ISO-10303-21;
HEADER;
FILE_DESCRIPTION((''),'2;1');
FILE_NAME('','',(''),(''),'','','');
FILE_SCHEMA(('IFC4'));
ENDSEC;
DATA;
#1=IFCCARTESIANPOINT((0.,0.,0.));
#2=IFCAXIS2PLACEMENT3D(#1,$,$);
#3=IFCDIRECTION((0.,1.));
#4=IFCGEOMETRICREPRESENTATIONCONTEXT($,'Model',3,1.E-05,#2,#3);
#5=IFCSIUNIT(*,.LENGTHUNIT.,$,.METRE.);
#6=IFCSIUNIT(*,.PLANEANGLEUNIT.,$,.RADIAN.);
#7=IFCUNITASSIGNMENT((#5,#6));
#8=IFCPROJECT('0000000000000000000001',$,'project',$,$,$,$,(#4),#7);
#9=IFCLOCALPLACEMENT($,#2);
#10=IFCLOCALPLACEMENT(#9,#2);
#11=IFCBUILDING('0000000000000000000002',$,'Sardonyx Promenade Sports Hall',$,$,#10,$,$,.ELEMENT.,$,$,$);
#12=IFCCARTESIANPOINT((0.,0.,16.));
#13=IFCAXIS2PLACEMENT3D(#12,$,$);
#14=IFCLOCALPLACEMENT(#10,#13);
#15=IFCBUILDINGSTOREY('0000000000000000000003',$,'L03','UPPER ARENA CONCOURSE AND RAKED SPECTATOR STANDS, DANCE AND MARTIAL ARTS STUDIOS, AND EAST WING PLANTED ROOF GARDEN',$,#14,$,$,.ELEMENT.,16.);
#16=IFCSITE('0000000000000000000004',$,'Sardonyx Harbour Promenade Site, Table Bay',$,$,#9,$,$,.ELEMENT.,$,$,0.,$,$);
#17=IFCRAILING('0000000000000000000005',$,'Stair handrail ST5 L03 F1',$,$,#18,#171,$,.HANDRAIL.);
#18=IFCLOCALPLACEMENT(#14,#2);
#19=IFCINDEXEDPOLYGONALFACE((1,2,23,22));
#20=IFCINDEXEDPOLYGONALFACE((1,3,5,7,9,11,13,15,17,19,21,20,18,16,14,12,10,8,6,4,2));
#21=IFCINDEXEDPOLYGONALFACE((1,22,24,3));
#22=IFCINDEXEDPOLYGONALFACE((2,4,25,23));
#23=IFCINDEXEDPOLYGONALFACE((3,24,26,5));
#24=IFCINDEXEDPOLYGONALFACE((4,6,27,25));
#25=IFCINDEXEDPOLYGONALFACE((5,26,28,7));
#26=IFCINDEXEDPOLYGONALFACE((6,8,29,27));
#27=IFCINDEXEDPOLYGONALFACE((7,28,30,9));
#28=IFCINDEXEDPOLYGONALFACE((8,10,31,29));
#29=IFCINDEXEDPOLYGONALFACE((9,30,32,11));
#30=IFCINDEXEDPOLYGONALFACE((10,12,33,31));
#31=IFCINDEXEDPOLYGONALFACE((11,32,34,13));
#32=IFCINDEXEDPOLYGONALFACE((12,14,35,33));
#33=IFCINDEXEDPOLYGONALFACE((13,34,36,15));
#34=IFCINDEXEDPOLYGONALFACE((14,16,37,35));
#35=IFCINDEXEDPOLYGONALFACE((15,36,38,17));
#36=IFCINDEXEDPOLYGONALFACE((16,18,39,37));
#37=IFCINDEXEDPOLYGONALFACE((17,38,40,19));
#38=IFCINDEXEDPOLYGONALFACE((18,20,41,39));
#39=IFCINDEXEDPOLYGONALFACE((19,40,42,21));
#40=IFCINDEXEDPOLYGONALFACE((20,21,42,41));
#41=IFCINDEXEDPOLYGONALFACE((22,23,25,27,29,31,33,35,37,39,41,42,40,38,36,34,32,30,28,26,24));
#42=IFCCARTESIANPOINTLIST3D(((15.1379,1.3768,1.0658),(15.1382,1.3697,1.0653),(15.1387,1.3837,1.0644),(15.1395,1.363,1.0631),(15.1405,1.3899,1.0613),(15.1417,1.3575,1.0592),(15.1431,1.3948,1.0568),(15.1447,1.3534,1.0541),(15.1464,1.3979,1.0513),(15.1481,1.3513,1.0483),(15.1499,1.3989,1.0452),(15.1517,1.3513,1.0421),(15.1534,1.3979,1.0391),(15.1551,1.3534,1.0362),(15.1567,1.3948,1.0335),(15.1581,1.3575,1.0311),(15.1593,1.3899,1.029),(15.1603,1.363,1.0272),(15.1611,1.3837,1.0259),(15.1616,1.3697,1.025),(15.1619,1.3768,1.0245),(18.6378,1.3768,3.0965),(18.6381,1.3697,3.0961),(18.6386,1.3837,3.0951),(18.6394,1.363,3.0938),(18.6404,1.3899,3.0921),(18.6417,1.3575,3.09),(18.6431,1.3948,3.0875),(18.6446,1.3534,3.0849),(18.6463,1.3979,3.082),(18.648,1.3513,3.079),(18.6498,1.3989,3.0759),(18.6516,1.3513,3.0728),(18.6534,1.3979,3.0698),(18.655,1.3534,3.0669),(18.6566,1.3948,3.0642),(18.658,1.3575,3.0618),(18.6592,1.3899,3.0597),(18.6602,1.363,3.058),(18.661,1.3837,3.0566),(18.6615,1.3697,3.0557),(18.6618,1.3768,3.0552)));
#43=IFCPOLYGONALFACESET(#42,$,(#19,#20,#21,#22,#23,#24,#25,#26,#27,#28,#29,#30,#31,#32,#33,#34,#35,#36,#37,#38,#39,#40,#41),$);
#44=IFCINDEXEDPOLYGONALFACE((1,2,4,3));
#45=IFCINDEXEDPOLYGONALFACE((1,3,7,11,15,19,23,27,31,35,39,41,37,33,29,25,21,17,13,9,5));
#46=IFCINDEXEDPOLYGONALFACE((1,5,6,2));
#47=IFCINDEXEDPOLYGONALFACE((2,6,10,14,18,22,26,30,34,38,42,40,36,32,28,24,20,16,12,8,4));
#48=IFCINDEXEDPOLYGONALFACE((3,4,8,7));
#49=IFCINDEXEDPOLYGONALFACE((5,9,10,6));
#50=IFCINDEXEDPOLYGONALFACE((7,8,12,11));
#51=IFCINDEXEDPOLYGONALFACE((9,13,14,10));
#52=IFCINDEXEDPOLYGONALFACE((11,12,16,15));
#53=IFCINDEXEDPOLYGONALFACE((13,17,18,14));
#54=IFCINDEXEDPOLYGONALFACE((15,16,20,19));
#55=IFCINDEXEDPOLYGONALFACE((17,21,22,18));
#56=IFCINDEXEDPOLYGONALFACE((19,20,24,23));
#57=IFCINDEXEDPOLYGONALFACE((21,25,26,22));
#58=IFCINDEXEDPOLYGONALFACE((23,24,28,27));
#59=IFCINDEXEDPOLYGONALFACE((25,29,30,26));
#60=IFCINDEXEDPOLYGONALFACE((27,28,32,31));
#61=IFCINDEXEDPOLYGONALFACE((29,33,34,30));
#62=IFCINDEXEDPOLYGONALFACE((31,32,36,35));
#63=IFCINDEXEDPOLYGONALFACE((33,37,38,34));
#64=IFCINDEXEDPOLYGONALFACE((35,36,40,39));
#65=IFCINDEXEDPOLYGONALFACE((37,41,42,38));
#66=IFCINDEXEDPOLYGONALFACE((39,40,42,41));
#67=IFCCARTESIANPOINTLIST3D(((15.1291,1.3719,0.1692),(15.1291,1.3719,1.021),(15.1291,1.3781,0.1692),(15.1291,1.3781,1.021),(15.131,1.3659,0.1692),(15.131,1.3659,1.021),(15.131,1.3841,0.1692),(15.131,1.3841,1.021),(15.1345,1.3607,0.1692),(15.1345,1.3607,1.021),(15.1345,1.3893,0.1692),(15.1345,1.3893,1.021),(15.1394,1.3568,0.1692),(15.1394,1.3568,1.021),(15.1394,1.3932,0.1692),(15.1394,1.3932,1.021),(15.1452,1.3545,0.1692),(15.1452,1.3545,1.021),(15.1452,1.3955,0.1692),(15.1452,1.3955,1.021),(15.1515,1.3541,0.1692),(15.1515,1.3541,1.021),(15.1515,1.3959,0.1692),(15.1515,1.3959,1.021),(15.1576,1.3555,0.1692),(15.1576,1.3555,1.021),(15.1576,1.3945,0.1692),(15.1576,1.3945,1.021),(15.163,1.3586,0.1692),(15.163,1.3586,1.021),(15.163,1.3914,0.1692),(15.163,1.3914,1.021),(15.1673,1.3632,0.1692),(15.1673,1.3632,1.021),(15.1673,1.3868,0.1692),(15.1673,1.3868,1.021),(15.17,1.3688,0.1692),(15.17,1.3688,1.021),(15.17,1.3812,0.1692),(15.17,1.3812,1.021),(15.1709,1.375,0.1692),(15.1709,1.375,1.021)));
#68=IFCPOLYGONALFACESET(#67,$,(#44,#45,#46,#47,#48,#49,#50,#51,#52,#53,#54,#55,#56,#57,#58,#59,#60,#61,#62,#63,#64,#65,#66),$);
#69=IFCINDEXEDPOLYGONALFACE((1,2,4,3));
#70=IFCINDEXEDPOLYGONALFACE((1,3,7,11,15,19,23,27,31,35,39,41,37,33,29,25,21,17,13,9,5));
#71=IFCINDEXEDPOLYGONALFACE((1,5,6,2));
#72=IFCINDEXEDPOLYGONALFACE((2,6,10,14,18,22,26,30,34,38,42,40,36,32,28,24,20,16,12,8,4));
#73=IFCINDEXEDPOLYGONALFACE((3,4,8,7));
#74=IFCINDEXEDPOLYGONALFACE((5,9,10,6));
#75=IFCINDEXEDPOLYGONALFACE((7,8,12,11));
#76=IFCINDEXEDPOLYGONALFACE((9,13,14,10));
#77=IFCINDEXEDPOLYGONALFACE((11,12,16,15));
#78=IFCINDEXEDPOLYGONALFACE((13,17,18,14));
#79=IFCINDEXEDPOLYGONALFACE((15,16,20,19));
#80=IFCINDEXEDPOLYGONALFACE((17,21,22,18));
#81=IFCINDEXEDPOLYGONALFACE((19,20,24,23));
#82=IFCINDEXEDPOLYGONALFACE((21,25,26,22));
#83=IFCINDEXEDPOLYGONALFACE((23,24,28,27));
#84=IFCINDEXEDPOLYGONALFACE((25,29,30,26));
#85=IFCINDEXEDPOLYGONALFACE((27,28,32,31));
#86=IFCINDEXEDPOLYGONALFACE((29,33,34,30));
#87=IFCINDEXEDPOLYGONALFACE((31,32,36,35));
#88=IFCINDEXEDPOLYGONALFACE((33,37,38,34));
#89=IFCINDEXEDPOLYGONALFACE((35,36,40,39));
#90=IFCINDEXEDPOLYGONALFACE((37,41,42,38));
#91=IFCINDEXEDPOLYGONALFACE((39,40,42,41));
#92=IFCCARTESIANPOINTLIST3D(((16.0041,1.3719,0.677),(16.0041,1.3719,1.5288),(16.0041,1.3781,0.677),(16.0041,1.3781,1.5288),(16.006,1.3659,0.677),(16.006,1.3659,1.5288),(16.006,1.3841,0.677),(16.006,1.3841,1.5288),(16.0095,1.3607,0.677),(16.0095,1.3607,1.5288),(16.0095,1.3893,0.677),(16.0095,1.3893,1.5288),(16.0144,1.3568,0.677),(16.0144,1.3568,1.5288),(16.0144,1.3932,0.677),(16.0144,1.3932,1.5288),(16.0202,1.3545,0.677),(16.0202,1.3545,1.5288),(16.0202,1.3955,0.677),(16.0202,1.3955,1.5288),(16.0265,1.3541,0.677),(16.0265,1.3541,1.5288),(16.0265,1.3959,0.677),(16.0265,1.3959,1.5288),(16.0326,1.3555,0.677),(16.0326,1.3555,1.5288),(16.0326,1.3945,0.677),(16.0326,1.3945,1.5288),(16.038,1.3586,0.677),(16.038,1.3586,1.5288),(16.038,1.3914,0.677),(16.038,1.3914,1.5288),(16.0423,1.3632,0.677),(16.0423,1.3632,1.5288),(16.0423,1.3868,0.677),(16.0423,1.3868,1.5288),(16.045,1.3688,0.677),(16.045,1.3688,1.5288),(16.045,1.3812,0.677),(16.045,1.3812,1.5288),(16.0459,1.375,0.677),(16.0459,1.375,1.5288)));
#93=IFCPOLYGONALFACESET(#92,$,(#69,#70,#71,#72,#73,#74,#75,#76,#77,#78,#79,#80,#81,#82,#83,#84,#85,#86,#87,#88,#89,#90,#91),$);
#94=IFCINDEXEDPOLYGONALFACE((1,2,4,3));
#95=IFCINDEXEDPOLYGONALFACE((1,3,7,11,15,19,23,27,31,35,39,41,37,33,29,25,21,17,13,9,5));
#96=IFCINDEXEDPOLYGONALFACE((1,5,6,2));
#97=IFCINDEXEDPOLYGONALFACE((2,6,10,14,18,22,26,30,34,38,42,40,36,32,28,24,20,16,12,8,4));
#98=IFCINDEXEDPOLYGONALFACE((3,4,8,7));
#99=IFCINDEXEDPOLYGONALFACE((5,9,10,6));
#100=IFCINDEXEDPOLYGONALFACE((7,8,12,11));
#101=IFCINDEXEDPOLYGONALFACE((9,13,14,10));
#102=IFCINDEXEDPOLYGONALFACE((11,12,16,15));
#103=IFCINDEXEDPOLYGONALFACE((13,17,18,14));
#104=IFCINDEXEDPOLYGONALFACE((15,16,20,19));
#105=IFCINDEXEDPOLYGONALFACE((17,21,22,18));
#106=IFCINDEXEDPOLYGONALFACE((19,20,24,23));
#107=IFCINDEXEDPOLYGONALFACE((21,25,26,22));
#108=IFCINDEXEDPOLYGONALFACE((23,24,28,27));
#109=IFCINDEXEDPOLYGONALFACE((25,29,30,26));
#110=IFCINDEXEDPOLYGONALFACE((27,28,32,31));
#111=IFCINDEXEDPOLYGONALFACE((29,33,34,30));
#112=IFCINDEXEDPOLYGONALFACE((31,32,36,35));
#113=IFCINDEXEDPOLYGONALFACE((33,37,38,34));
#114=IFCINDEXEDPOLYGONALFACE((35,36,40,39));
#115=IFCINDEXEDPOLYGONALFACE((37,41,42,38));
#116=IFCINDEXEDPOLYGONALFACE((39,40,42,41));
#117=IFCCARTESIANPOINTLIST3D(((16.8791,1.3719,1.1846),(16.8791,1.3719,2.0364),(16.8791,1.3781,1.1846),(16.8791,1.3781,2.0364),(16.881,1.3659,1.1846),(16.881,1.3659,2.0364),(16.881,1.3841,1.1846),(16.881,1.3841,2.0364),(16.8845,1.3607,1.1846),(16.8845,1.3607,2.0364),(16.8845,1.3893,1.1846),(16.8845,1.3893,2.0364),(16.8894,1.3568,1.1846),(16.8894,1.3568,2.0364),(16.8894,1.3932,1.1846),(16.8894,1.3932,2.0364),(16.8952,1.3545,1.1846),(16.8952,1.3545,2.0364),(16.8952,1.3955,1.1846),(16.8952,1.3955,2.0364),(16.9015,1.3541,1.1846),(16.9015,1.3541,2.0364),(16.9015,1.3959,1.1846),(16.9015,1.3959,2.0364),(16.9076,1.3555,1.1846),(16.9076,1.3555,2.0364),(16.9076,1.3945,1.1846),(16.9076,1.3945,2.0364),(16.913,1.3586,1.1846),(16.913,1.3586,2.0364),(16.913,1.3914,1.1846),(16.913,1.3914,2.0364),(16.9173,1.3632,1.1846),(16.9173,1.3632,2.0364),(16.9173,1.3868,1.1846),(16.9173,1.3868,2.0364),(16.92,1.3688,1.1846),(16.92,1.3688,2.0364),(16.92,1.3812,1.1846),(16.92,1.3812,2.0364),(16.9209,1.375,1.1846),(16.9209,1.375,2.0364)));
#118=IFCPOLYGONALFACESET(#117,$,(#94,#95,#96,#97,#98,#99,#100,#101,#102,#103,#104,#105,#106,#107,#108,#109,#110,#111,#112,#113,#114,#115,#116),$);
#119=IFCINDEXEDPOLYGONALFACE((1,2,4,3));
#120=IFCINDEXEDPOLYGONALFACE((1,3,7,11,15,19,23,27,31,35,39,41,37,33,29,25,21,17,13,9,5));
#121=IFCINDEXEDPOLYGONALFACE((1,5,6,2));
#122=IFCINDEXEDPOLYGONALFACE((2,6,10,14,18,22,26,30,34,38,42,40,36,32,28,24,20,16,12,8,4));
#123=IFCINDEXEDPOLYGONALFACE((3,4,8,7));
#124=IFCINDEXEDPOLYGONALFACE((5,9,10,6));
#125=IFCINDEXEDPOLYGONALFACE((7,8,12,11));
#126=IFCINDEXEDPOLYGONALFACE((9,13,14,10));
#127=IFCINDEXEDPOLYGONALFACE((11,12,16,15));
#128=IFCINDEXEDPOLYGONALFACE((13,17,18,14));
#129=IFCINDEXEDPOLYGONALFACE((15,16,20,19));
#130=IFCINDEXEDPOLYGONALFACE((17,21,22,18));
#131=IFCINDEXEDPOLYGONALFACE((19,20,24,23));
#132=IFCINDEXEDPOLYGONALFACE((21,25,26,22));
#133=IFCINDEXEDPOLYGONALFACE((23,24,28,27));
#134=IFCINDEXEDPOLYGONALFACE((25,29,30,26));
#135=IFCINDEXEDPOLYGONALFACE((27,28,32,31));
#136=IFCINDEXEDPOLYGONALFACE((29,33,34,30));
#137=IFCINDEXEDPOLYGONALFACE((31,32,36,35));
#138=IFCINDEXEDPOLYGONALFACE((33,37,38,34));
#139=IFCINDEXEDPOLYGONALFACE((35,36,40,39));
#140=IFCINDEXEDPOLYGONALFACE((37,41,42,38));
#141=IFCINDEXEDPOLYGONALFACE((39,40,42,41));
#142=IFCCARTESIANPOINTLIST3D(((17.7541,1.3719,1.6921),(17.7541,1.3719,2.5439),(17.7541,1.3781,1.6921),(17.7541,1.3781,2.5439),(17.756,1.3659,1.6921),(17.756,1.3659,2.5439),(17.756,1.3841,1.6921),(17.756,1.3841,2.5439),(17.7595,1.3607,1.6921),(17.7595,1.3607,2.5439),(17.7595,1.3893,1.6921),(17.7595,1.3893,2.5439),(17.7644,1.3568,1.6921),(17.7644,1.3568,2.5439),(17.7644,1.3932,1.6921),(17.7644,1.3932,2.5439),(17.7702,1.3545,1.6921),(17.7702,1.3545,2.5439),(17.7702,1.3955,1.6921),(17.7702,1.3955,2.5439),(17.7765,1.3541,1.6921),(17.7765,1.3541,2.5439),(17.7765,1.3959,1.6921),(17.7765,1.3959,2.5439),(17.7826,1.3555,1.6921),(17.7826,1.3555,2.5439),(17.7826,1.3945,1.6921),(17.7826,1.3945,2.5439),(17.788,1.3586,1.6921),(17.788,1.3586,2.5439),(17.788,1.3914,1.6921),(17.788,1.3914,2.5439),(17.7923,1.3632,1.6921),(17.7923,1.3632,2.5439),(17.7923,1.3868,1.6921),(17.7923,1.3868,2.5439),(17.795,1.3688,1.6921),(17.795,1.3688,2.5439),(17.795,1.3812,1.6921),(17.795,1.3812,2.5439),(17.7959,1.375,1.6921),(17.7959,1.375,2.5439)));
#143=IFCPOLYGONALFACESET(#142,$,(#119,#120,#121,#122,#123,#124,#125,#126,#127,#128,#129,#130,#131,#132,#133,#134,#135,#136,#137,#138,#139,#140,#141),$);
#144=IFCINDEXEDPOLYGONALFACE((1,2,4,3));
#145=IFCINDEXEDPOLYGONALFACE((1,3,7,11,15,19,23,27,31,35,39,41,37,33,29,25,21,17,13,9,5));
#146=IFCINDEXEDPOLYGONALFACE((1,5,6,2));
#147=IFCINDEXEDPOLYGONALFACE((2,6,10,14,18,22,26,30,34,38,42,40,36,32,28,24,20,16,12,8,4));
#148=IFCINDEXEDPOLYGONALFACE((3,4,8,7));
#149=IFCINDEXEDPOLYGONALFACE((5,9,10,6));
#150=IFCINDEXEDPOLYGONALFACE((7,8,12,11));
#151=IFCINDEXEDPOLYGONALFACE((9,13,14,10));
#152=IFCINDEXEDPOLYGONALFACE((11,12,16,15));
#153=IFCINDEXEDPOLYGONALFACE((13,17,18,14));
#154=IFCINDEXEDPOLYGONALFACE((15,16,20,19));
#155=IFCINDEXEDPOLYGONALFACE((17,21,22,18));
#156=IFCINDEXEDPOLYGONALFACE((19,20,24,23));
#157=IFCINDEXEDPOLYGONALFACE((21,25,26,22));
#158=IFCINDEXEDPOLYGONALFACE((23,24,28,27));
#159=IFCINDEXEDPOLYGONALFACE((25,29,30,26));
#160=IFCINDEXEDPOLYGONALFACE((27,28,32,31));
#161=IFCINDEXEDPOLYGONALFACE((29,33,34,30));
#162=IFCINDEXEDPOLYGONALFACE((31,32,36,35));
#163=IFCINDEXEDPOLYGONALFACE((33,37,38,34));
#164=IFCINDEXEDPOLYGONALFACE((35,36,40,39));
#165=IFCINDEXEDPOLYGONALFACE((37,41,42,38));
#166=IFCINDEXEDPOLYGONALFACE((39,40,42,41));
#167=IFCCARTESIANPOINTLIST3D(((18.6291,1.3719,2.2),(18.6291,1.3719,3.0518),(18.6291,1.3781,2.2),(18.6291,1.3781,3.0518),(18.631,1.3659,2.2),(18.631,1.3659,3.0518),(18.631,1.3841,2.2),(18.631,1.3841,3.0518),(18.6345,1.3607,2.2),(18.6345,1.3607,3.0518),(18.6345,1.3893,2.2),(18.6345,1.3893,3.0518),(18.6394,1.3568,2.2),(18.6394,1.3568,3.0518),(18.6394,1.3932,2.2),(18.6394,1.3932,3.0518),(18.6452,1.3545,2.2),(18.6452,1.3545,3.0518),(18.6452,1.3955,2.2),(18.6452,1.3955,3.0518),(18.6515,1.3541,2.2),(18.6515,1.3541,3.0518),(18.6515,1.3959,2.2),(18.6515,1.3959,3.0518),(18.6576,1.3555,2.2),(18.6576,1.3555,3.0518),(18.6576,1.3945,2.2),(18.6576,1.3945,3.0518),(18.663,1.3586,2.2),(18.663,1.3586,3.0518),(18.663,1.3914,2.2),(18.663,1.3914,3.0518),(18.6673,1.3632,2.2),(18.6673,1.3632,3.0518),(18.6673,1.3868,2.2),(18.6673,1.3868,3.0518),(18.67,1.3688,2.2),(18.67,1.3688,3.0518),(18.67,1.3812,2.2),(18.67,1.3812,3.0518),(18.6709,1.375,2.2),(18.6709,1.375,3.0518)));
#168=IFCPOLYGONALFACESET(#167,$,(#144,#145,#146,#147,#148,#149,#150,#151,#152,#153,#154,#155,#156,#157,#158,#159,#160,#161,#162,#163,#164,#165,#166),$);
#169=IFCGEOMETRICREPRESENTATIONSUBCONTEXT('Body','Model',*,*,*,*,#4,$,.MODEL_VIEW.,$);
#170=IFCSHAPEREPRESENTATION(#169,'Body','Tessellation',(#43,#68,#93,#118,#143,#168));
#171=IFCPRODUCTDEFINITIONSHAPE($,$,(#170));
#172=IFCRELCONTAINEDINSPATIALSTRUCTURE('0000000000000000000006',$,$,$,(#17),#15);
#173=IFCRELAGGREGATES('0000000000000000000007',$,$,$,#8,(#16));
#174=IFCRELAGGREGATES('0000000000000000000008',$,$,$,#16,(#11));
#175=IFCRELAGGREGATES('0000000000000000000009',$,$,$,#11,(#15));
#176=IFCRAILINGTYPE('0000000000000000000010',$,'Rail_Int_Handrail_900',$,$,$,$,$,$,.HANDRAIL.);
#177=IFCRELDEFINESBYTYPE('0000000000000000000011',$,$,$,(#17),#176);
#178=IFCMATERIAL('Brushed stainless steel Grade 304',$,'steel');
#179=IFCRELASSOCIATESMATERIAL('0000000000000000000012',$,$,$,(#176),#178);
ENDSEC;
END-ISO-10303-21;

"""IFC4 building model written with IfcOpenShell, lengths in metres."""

from ifc_helpers import new_model, si_unit, direction, frame, origin, origin_2d, place, context, subcontext, project, spatial, circle, extrude, material, type_object, element, save


model = new_model("IFC4")

# Units and contexts
model_context = context("Model", 3, precision=1e-05, world=origin(), true_north=direction((0.0, 1.0)))
body_context = subcontext(model_context, "Body", "Model", "MODEL_VIEW")
ifc_project = project(units=[si_unit("LENGTHUNIT", "METRE"), si_unit("PLANEANGLEUNIT", "RADIAN")], contexts=[model_context])

# Site, building, storey
site_placement = place(None, origin())
site = spatial("IfcSite", under=ifc_project, at=site_placement, Name="Sardonyx Harbour Promenade Site, Table Bay", CompositionType="ELEMENT", RefElevation=0.0)
building_placement = place(site_placement, origin())
building = spatial("IfcBuilding", under=site, at=building_placement, Name="Sardonyx Promenade Sports Hall", CompositionType="ELEMENT")
storey_placement = place(building_placement, frame((0.0, 0.0, 16.0)))
storey = spatial("IfcBuildingStorey", under=building, at=storey_placement, Name="L03", Description="UPPER ARENA CONCOURSE AND RAKED SPECTATOR STANDS, DANCE AND MARTIAL ARTS STUDIOS, AND EAST WING PLANTED ROOF GARDEN", CompositionType="ELEMENT", Elevation=16.0)

# Railing
ifc_material_1 = material(Name="Brushed stainless steel Grade 304", Category="steel")
railing_type_1 = type_object("IfcRailingType", Name="Rail_Int_Handrail_900", PredefinedType="HANDRAIL", material=ifc_material_1)
railing_1_placement = place(storey_placement, frame((15.1499, 1.375, 0.1692)))
element("IfcRailing", 1, at=railing_1_placement, inside=storey, type_object=railing_type_1, Name="Stair handrail ST5 L03 F1", PredefinedType="HANDRAIL", context=body_context, shape_type="SweptSolid", body=[
    extrude(circle(Radius=0.0239, at=origin_2d()), frame((0.0, 0.0, 0.876), z_axis=(0.864949, 0.0, 0.501859), x_axis=(0.0, 1.0, 0.0)), (0.0, 0.0, 1.0), 4.0464),
    extrude(circle(Radius=0.021, at=origin_2d()), origin(), (0.0, 0.0, 1.0), 0.8518),
    extrude(circle(Radius=0.021, at=origin_2d()), frame((0.875, 0.0, 0.5078)), (0.0, 0.0, 1.0), 0.8518),
    extrude(circle(Radius=0.021, at=origin_2d()), frame((1.75, 0.0, 1.0154)), (0.0, 0.0, 1.0), 0.8518),
    extrude(circle(Radius=0.021, at=origin_2d()), frame((2.625, 0.0, 1.5229)), (0.0, 0.0, 1.0), 0.8518),
    extrude(circle(Radius=0.021, at=origin_2d()), frame((3.5, 0.0, 2.0308)), (0.0, 0.0, 1.0), 0.8518),
])

save(model, "model.ifc")
